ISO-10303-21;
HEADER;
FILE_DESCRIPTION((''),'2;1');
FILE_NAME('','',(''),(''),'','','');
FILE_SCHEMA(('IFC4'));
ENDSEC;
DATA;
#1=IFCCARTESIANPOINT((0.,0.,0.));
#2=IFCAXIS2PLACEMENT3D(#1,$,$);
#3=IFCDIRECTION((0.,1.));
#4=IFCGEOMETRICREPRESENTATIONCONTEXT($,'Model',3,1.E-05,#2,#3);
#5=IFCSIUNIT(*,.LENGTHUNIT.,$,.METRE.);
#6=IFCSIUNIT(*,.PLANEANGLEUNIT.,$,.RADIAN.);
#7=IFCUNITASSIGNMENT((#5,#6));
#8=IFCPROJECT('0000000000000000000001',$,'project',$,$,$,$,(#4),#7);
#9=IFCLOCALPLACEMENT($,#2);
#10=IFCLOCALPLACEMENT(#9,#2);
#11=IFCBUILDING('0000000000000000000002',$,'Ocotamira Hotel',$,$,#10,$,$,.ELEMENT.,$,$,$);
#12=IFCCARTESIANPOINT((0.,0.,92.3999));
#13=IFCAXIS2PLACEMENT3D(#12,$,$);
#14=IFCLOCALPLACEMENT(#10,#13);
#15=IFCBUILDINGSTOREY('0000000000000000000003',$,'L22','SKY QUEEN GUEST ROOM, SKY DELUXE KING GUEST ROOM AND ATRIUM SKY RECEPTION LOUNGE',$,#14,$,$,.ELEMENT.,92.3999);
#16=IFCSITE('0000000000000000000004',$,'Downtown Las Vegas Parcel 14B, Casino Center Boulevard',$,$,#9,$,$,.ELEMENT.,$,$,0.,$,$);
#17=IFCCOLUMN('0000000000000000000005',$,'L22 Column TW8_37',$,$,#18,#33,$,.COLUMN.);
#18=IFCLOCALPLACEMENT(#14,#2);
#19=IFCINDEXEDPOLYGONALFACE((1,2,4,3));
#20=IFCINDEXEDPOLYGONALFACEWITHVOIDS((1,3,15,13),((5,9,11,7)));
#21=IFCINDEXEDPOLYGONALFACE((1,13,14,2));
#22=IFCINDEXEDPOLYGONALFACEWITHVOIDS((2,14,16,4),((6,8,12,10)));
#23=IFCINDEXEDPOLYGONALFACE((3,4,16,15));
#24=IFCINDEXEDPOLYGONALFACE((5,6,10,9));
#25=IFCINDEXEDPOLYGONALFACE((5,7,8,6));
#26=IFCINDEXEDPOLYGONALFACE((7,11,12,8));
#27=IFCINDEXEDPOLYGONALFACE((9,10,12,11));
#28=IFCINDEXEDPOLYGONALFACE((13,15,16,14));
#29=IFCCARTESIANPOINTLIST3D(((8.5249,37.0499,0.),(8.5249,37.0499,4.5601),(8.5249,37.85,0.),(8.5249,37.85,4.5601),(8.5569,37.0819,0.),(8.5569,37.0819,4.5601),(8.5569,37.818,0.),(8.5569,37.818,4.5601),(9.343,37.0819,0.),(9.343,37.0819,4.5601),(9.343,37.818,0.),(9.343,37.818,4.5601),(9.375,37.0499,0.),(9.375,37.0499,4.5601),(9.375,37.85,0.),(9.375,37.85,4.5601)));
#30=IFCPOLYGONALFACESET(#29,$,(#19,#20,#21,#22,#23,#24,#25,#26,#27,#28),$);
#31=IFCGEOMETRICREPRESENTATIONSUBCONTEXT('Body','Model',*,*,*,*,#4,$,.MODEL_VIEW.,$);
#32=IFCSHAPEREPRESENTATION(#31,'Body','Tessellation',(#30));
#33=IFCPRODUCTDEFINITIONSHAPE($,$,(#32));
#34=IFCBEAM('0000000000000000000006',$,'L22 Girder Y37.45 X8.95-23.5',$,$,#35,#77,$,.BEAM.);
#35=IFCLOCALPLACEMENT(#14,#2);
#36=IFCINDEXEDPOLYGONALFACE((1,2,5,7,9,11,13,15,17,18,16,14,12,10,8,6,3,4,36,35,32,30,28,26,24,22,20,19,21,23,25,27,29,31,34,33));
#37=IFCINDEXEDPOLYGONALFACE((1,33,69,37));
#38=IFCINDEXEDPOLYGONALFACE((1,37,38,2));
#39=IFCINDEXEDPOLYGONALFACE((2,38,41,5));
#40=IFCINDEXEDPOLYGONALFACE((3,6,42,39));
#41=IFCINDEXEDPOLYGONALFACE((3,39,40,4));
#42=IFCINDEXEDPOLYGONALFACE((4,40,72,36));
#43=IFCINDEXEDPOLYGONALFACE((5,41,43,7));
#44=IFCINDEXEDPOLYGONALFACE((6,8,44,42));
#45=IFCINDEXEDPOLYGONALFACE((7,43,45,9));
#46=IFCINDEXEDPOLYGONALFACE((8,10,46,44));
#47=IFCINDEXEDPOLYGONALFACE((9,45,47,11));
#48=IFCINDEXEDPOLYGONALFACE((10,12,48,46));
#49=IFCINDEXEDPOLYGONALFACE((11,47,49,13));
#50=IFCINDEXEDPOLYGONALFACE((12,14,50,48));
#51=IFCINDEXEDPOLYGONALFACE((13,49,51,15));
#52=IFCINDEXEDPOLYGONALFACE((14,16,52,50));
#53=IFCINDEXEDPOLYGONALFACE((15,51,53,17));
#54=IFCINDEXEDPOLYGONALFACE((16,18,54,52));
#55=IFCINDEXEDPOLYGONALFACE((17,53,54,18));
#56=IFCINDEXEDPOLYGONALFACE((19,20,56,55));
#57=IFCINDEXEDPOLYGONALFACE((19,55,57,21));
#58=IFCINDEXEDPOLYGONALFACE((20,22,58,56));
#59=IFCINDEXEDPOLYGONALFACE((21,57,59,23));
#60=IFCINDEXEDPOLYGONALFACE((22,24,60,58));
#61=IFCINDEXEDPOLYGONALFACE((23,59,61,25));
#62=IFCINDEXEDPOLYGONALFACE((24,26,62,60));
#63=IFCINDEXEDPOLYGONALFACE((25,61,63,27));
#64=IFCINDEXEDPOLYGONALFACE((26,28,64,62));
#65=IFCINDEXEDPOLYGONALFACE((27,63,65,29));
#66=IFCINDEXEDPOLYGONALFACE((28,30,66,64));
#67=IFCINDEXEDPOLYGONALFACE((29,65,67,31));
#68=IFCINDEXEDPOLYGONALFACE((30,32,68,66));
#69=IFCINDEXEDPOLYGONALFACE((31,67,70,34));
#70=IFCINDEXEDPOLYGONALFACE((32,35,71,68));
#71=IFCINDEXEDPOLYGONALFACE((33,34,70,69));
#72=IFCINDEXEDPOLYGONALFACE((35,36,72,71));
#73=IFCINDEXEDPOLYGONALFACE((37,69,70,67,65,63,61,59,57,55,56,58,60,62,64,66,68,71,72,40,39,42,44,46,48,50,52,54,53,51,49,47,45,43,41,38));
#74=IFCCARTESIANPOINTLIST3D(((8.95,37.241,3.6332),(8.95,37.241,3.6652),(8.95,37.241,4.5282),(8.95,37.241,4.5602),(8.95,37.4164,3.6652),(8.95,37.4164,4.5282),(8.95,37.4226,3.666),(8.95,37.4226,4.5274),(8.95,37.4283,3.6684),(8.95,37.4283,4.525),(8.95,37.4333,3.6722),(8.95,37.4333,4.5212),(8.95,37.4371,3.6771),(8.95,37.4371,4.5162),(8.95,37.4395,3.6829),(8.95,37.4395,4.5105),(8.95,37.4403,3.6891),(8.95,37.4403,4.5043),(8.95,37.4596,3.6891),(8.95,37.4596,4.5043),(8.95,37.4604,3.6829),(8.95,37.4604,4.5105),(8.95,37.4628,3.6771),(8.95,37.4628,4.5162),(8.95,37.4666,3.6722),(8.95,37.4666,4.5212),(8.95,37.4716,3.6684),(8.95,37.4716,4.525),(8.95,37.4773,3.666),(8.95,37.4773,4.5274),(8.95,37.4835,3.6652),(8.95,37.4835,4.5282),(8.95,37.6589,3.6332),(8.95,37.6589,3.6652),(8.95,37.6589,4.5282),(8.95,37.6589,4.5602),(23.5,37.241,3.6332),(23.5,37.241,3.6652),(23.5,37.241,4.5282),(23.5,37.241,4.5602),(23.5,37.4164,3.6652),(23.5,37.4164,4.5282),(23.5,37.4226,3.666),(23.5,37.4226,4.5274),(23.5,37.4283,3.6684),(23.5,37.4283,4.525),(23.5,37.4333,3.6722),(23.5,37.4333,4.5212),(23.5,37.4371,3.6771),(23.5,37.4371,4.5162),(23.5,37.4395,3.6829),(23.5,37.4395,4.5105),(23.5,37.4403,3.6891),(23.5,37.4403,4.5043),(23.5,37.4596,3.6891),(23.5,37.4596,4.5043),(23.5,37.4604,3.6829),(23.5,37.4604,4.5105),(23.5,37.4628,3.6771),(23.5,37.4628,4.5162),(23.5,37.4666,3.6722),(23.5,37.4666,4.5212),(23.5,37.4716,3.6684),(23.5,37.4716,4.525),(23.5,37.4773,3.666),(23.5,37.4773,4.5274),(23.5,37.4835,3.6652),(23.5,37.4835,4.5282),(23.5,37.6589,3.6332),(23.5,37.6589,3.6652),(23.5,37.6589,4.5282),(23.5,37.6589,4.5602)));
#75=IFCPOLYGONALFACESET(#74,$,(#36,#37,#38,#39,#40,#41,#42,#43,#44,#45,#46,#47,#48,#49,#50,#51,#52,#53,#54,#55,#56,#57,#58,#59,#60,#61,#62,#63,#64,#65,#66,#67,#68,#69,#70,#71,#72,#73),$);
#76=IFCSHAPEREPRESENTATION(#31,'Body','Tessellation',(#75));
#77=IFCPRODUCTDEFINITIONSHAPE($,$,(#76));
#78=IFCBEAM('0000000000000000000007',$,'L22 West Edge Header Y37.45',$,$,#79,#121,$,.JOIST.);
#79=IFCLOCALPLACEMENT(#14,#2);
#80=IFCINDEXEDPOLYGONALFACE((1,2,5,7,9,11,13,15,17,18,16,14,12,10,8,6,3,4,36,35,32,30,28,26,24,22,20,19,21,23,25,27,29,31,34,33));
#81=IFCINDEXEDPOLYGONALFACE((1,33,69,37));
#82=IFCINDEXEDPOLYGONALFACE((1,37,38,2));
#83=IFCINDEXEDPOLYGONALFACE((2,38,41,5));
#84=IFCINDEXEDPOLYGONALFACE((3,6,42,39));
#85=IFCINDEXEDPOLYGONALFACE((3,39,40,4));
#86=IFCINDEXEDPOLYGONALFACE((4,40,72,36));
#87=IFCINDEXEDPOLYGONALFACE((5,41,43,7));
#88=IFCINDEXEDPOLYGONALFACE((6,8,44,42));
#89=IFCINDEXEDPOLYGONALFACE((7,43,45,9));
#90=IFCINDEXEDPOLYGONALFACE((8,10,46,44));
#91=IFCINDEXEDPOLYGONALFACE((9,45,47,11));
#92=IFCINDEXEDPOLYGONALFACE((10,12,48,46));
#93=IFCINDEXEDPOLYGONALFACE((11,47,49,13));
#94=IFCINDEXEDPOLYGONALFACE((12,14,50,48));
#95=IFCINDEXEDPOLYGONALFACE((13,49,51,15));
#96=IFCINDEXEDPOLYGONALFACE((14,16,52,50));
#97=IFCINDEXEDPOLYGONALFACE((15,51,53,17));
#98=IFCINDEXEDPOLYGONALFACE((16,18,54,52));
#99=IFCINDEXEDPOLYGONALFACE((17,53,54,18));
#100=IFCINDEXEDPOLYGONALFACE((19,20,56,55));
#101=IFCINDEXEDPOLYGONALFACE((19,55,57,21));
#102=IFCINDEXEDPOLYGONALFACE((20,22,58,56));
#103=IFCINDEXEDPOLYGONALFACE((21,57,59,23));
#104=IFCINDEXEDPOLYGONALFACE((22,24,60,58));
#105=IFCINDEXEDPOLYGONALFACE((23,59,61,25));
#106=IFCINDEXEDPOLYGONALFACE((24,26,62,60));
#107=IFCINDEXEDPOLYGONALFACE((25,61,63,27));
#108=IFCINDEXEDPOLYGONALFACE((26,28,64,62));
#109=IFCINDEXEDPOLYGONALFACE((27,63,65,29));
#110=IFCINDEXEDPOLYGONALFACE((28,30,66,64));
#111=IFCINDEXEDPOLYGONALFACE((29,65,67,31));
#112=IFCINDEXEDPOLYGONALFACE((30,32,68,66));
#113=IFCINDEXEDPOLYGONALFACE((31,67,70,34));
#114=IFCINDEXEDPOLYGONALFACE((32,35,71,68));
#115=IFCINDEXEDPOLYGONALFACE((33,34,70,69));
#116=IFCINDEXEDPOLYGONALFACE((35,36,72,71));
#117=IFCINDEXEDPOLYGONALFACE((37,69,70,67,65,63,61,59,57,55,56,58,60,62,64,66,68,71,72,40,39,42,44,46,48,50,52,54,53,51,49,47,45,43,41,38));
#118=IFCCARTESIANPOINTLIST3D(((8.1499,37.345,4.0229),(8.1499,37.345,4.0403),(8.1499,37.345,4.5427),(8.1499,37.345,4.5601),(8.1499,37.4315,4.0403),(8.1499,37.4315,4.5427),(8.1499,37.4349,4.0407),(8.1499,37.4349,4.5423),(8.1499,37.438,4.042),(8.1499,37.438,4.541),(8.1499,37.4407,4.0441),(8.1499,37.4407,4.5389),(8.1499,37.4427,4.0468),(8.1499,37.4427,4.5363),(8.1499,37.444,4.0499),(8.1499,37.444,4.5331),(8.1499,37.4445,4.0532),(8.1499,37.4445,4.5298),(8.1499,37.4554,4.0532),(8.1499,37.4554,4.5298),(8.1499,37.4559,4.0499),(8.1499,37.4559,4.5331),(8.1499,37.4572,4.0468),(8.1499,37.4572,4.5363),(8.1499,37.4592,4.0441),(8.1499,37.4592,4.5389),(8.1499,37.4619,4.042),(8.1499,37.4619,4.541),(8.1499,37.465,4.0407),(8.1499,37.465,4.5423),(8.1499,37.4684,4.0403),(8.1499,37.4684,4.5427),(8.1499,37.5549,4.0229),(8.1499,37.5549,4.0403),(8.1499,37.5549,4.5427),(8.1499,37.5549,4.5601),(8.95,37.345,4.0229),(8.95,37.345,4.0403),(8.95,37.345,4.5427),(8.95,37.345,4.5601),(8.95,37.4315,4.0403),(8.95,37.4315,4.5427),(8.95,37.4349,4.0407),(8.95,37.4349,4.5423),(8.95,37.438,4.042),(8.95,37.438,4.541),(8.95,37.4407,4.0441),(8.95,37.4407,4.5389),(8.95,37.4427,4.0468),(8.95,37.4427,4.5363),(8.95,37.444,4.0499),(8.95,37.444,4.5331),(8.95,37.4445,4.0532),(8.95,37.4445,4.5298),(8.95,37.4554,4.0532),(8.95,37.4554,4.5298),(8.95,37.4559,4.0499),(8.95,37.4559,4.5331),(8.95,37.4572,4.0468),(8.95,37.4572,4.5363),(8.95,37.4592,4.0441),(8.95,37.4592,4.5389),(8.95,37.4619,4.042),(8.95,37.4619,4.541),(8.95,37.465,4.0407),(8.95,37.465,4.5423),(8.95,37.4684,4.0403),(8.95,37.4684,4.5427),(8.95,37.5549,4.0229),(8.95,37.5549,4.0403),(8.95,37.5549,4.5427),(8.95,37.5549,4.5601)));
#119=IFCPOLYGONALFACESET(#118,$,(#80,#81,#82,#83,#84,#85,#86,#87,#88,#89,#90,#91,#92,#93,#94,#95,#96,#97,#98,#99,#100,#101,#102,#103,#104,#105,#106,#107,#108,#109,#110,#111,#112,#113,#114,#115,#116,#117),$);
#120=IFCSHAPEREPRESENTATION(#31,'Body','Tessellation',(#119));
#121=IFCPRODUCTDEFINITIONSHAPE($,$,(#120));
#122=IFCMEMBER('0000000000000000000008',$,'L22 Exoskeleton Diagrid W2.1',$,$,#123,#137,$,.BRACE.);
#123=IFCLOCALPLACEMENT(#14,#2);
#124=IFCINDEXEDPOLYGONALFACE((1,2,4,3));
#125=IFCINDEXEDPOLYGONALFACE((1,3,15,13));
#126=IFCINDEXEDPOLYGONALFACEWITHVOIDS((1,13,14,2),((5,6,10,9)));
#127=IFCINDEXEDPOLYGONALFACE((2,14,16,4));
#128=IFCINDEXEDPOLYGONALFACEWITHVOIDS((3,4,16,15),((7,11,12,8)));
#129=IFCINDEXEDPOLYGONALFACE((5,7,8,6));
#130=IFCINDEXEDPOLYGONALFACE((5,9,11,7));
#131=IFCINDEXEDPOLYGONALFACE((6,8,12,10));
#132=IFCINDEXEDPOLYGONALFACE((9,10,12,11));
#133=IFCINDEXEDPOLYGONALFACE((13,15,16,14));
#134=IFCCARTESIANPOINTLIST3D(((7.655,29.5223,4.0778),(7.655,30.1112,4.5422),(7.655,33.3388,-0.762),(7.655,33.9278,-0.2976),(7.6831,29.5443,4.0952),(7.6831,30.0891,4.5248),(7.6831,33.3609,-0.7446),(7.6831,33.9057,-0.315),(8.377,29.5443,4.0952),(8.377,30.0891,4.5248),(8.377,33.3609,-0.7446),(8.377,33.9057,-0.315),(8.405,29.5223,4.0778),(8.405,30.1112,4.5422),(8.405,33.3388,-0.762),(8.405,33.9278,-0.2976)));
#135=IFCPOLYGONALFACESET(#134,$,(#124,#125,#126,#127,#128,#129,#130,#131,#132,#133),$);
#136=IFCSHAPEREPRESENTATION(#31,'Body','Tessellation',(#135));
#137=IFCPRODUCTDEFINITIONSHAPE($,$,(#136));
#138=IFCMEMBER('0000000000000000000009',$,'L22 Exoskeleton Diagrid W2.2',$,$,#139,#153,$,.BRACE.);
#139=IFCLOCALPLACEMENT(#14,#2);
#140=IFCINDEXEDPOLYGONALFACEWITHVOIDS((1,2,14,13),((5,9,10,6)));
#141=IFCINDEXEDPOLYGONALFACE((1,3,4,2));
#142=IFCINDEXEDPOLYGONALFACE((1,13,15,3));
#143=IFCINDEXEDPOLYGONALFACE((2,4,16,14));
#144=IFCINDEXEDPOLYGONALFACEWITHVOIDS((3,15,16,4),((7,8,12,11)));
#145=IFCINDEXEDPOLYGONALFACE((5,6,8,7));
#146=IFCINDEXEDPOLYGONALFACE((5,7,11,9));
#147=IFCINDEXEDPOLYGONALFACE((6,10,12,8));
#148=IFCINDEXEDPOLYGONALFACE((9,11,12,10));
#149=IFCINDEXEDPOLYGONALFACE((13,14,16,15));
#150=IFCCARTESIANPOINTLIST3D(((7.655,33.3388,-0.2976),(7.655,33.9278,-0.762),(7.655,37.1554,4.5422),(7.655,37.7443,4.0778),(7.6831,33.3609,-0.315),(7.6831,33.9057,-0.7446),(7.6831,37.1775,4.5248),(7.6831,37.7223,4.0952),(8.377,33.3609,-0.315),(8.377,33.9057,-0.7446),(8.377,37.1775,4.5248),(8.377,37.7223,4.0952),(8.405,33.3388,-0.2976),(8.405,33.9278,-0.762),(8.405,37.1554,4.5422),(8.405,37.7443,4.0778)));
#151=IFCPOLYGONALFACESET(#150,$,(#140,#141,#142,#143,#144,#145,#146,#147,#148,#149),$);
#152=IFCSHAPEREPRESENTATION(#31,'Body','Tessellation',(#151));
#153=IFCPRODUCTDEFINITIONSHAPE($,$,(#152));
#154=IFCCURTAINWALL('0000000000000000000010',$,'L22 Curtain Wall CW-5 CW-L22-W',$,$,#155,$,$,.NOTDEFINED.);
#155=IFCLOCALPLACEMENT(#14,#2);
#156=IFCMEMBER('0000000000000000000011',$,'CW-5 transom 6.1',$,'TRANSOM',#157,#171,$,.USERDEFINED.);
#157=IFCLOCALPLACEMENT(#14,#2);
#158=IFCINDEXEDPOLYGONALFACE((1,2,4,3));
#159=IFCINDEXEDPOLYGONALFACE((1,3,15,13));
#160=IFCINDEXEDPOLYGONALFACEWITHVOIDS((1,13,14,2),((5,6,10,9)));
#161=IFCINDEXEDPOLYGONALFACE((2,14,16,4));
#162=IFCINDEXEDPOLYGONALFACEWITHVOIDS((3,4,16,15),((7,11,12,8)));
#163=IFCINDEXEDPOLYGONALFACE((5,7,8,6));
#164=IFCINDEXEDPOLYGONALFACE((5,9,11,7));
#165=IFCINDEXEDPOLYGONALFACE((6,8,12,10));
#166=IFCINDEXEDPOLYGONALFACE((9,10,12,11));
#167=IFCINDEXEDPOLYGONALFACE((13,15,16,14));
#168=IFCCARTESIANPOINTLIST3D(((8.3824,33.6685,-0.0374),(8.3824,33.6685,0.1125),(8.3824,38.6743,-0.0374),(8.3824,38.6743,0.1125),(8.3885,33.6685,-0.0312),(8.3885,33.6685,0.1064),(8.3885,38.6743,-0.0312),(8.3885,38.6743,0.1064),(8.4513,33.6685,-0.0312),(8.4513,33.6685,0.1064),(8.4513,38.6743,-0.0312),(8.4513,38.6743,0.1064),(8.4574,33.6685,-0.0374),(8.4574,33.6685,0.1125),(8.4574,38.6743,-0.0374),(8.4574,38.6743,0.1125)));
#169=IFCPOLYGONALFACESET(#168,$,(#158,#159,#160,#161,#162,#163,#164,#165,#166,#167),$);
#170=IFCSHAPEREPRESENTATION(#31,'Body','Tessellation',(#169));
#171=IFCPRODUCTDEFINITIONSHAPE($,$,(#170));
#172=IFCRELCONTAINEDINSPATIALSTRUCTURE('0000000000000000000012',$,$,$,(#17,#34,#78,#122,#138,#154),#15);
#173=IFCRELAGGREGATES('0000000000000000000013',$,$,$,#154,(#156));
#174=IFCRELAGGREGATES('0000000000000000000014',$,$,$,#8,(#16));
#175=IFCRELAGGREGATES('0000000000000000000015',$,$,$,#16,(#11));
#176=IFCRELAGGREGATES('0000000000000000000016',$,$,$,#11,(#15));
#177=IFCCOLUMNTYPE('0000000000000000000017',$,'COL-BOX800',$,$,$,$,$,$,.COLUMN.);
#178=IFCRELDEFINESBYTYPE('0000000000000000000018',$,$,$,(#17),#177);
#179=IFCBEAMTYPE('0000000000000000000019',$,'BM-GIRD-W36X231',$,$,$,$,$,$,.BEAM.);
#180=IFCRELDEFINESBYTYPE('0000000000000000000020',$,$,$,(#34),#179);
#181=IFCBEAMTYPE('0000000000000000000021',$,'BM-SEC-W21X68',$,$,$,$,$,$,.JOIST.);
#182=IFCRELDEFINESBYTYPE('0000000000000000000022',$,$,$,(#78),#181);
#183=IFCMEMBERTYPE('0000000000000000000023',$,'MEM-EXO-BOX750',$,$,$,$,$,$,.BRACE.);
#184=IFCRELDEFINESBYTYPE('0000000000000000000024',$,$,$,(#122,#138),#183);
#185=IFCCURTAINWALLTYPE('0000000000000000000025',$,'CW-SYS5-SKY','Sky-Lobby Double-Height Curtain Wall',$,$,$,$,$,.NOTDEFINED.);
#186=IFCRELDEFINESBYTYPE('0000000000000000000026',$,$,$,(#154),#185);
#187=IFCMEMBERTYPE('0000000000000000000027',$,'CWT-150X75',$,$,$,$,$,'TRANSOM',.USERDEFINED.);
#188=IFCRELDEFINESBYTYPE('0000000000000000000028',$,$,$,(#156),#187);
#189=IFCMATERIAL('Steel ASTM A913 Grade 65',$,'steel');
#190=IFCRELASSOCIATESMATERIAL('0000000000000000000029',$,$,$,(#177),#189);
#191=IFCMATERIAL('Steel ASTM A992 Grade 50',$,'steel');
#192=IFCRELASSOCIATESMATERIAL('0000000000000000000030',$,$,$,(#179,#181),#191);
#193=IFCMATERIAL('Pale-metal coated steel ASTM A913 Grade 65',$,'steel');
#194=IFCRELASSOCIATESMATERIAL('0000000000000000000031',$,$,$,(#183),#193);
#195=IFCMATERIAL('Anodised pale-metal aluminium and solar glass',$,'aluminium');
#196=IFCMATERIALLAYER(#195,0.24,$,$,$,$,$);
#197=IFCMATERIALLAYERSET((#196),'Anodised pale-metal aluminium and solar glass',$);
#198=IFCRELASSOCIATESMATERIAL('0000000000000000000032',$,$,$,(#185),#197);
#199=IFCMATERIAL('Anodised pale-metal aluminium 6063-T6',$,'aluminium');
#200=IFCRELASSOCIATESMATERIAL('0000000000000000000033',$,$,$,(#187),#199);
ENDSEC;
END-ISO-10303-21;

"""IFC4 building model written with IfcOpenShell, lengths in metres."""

from ifc_helpers import new_model, si_unit, direction, frame, origin, origin_2d, place, context, subcontext, project, spatial, hollow_rectangle, i_section, extrude, source, transform, mapped, material, layer, layer_set, material_profile, profile_set, type_object, element, aggregate, save


model = new_model("IFC4")

# Units and contexts
model_context = context("Model", 3, precision=1e-05, world=origin(), true_north=direction((0.0, 1.0)))
body_context = subcontext(model_context, "Body", "Model", "MODEL_VIEW")
ifc_project = project(units=[si_unit("LENGTHUNIT", "METRE"), si_unit("PLANEANGLEUNIT", "RADIAN")], contexts=[model_context])

# Site, building, storey
site_placement = place(None, origin())
site = spatial("IfcSite", under=ifc_project, at=site_placement, Name="Downtown Las Vegas Parcel 14B, Casino Center Boulevard", CompositionType="ELEMENT", RefElevation=0.0)
building_placement = place(site_placement, origin())
building = spatial("IfcBuilding", under=site, at=building_placement, Name="Ocotamira Hotel", CompositionType="ELEMENT")
storey_placement = place(building_placement, frame((0.0, 0.0, 92.3999)))
storey = spatial("IfcBuildingStorey", under=building, at=storey_placement, Name="L22", Description="SKY QUEEN GUEST ROOM, SKY DELUXE KING GUEST ROOM AND ATRIUM SKY RECEPTION LOUNGE", CompositionType="ELEMENT", Elevation=92.3999)

# Column
ifc_material_1 = material(Name="Steel ASTM A913 Grade 65", Category="steel")
ifc_material_profile_1 = material_profile(ifc_material_1, hollow_rectangle(XDim=0.8501, YDim=0.8, WallThickness=0.032, at=origin_2d()), Name="BOX800X850X32")
ifc_profile_set_1 = profile_set([ifc_material_profile_1], Name="Steel ASTM A913 Grade 65")
column_type = type_object("IfcColumnType", Name="COL-BOX800", PredefinedType="COLUMN", material=ifc_profile_set_1)
shared_shape_1 = source(origin(), body_context, "Body", "SweptSolid", [
    extrude(hollow_rectangle(XDim=0.8501, YDim=0.8, WallThickness=0.032, at=origin_2d()), origin(), (0.0, 0.0, 1.0), 4.5601),
])
column_placement = place(storey_placement, frame((8.95, 37.45, 0.0), z_axis=(0.0, 0.0, 1.0), x_axis=(1.0, 0.0, 0.0)))
element("IfcColumn", 1, at=column_placement, inside=storey, type_object=column_type, Name="L22 Column TW8_37", PredefinedType="COLUMN", context=body_context, shape_type="MappedRepresentation", body=[
    mapped(shared_shape_1, transform((0.0, 0.0, 0.0), scale=1.0)),
])

# Beams
ifc_material_2 = material(Name="Steel ASTM A992 Grade 50", Category="steel")
ifc_material_profile_2 = material_profile(ifc_material_2, i_section(OverallWidth=0.418, OverallDepth=0.927, WebThickness=0.0193, FlangeThickness=0.032, FilletRadius=0.0239, at=origin_2d()), Name="W36X231")
ifc_profile_set_2 = profile_set([ifc_material_profile_2], Name="Steel ASTM A992 Grade 50")
beam_type_1 = type_object("IfcBeamType", Name="BM-GIRD-W36X231", PredefinedType="BEAM", material=ifc_profile_set_2)
shared_shape_2 = source(origin(), body_context, "Body", "SweptSolid", [
    extrude(i_section(OverallWidth=0.418, OverallDepth=0.927, WebThickness=0.0193, FlangeThickness=0.032, FilletRadius=0.0239, at=origin_2d()), origin(), (0.0, 0.0, 1.0), 14.55),
])
beam_1_placement = place(storey_placement, frame((8.95, 37.45, 4.0967), z_axis=(1.0, 0.0, 0.0), x_axis=(0.0, 1.0, 0.0)))
element("IfcBeam", 2, at=beam_1_placement, inside=storey, type_object=beam_type_1, Name="L22 Girder Y37.45 X8.95-23.5", PredefinedType="BEAM", context=body_context, shape_type="MappedRepresentation", body=[
    mapped(shared_shape_2, transform((0.0, 0.0, 0.0), scale=1.0)),
])
ifc_material_profile_3 = material_profile(ifc_material_2, i_section(OverallWidth=0.21, OverallDepth=0.5371, WebThickness=0.011, FlangeThickness=0.0173, FilletRadius=0.0129, at=origin_2d()), Name="W21X68")
ifc_profile_set_3 = profile_set([ifc_material_profile_3], Name="Steel ASTM A992 Grade 50")
beam_type_2 = type_object("IfcBeamType", Name="BM-SEC-W21X68", PredefinedType="JOIST", material=ifc_profile_set_3)
shared_shape_3 = source(origin(), body_context, "Body", "SweptSolid", [
    extrude(i_section(OverallWidth=0.21, OverallDepth=0.5371, WebThickness=0.011, FlangeThickness=0.0173, FilletRadius=0.0129, at=origin_2d()), origin(), (0.0, 0.0, 1.0), 0.8),
])
beam_2_placement = place(storey_placement, frame((8.95, 37.45, 4.2915), z_axis=(-1.0, 0.0, 0.0), x_axis=(0.0, -1.0, 0.0)))
element("IfcBeam", 3, at=beam_2_placement, inside=storey, type_object=beam_type_2, Name="L22 West Edge Header Y37.45", PredefinedType="JOIST", context=body_context, shape_type="MappedRepresentation", body=[
    mapped(shared_shape_3, transform((0.0, 0.0, 0.0), scale=1.0)),
])

# Members
ifc_material_3 = material(Name="Pale-metal coated steel ASTM A913 Grade 65", Category="steel")
ifc_material_profile_4 = material_profile(ifc_material_3, hollow_rectangle(XDim=0.75, YDim=0.75, WallThickness=0.0281, at=origin_2d()), Name="BOX750X750X28")
ifc_profile_set_4 = profile_set([ifc_material_profile_4], Name="Pale-metal coated steel ASTM A913 Grade 65")
member_type_1 = type_object("IfcMemberType", Name="MEM-EXO-BOX750", PredefinedType="BRACE", material=ifc_profile_set_4)
shared_shape_4 = source(origin(), body_context, "Body", "SweptSolid", [
    extrude(hollow_rectangle(XDim=0.75, YDim=0.75, WallThickness=0.0281, at=origin_2d()), origin(), (0.0, 0.0, 1.0), 6.1636),
])
for number, where, z_axis, x_axis, name in (
    (4, (8.03, 33.6333, -0.5298), (0.0, -0.619217, 0.78522), (1.0, 0.0, 0.0), "L22 Exoskeleton Diagrid W2.1"),
    (5, (8.03, 33.6333, -0.5298), (0.0, 0.619217, 0.78522), (-1.0, 0.0, 0.0), "L22 Exoskeleton Diagrid W2.2"),
):
    element("IfcMember", number, at=place(storey_placement, frame(where, z_axis=z_axis, x_axis=x_axis)), inside=storey, type_object=member_type_1, Name=name, PredefinedType="BRACE", context=body_context, shape_type="MappedRepresentation", body=[
        mapped(shared_shape_4, transform((0.0, 0.0, 0.0), scale=1.0)),
    ])

# Curtain wall, member
ifc_material_4 = material(Name="Anodised pale-metal aluminium and solar glass", Category="aluminium")
ifc_layer_1 = layer(ifc_material_4, 0.24)
ifc_layer_set_1 = layer_set([ifc_layer_1], Name="Anodised pale-metal aluminium and solar glass")
curtain_wall_type = type_object("IfcCurtainWallType", Name="CW-SYS5-SKY", Description="Sky-Lobby Double-Height Curtain Wall", PredefinedType="NOTDEFINED", material=ifc_layer_set_1)
curtain_wall_placement = place(storey_placement, origin())
curtain_wall = element("IfcCurtainWall", 6, at=curtain_wall_placement, inside=storey, type_object=curtain_wall_type, Name="L22 Curtain Wall CW-5 CW-L22-W", PredefinedType="NOTDEFINED")
ifc_material_5 = material(Name="Anodised pale-metal aluminium 6063-T6", Category="aluminium")
ifc_material_profile_5 = material_profile(ifc_material_5, hollow_rectangle(XDim=0.075, YDim=0.1499, WallThickness=0.0061, at=origin_2d()), Name="HSS150X75X6")
ifc_profile_set_5 = profile_set([ifc_material_profile_5], Name="Anodised pale-metal aluminium 6063-T6")
member_type_2 = type_object("IfcMemberType", Name="CWT-150X75", ElementType="TRANSOM", PredefinedType="USERDEFINED", material=ifc_profile_set_5)
shared_shape_5 = source(origin(), body_context, "Body", "SweptSolid", [
    extrude(hollow_rectangle(XDim=0.075, YDim=0.1499, WallThickness=0.0061, at=origin_2d()), origin(), (0.0, 0.0, 1.0), 5.0059),
])
member_1_placement = place(storey_placement, frame((8.4199, 33.6685, 0.0376), z_axis=(0.0, 1.0, 0.0), x_axis=(-1.0, 0.0, 0.0)))
member_1 = element("IfcMember", 7, at=member_1_placement, type_object=member_type_2, Name="CW-5 transom 6.1", ObjectType="TRANSOM", PredefinedType="USERDEFINED", context=body_context, shape_type="MappedRepresentation", body=[
    mapped(shared_shape_5, transform((0.0, 0.0, 0.0), scale=1.0)),
])

aggregate(curtain_wall, [member_1])

save(model, "model.ifc")
